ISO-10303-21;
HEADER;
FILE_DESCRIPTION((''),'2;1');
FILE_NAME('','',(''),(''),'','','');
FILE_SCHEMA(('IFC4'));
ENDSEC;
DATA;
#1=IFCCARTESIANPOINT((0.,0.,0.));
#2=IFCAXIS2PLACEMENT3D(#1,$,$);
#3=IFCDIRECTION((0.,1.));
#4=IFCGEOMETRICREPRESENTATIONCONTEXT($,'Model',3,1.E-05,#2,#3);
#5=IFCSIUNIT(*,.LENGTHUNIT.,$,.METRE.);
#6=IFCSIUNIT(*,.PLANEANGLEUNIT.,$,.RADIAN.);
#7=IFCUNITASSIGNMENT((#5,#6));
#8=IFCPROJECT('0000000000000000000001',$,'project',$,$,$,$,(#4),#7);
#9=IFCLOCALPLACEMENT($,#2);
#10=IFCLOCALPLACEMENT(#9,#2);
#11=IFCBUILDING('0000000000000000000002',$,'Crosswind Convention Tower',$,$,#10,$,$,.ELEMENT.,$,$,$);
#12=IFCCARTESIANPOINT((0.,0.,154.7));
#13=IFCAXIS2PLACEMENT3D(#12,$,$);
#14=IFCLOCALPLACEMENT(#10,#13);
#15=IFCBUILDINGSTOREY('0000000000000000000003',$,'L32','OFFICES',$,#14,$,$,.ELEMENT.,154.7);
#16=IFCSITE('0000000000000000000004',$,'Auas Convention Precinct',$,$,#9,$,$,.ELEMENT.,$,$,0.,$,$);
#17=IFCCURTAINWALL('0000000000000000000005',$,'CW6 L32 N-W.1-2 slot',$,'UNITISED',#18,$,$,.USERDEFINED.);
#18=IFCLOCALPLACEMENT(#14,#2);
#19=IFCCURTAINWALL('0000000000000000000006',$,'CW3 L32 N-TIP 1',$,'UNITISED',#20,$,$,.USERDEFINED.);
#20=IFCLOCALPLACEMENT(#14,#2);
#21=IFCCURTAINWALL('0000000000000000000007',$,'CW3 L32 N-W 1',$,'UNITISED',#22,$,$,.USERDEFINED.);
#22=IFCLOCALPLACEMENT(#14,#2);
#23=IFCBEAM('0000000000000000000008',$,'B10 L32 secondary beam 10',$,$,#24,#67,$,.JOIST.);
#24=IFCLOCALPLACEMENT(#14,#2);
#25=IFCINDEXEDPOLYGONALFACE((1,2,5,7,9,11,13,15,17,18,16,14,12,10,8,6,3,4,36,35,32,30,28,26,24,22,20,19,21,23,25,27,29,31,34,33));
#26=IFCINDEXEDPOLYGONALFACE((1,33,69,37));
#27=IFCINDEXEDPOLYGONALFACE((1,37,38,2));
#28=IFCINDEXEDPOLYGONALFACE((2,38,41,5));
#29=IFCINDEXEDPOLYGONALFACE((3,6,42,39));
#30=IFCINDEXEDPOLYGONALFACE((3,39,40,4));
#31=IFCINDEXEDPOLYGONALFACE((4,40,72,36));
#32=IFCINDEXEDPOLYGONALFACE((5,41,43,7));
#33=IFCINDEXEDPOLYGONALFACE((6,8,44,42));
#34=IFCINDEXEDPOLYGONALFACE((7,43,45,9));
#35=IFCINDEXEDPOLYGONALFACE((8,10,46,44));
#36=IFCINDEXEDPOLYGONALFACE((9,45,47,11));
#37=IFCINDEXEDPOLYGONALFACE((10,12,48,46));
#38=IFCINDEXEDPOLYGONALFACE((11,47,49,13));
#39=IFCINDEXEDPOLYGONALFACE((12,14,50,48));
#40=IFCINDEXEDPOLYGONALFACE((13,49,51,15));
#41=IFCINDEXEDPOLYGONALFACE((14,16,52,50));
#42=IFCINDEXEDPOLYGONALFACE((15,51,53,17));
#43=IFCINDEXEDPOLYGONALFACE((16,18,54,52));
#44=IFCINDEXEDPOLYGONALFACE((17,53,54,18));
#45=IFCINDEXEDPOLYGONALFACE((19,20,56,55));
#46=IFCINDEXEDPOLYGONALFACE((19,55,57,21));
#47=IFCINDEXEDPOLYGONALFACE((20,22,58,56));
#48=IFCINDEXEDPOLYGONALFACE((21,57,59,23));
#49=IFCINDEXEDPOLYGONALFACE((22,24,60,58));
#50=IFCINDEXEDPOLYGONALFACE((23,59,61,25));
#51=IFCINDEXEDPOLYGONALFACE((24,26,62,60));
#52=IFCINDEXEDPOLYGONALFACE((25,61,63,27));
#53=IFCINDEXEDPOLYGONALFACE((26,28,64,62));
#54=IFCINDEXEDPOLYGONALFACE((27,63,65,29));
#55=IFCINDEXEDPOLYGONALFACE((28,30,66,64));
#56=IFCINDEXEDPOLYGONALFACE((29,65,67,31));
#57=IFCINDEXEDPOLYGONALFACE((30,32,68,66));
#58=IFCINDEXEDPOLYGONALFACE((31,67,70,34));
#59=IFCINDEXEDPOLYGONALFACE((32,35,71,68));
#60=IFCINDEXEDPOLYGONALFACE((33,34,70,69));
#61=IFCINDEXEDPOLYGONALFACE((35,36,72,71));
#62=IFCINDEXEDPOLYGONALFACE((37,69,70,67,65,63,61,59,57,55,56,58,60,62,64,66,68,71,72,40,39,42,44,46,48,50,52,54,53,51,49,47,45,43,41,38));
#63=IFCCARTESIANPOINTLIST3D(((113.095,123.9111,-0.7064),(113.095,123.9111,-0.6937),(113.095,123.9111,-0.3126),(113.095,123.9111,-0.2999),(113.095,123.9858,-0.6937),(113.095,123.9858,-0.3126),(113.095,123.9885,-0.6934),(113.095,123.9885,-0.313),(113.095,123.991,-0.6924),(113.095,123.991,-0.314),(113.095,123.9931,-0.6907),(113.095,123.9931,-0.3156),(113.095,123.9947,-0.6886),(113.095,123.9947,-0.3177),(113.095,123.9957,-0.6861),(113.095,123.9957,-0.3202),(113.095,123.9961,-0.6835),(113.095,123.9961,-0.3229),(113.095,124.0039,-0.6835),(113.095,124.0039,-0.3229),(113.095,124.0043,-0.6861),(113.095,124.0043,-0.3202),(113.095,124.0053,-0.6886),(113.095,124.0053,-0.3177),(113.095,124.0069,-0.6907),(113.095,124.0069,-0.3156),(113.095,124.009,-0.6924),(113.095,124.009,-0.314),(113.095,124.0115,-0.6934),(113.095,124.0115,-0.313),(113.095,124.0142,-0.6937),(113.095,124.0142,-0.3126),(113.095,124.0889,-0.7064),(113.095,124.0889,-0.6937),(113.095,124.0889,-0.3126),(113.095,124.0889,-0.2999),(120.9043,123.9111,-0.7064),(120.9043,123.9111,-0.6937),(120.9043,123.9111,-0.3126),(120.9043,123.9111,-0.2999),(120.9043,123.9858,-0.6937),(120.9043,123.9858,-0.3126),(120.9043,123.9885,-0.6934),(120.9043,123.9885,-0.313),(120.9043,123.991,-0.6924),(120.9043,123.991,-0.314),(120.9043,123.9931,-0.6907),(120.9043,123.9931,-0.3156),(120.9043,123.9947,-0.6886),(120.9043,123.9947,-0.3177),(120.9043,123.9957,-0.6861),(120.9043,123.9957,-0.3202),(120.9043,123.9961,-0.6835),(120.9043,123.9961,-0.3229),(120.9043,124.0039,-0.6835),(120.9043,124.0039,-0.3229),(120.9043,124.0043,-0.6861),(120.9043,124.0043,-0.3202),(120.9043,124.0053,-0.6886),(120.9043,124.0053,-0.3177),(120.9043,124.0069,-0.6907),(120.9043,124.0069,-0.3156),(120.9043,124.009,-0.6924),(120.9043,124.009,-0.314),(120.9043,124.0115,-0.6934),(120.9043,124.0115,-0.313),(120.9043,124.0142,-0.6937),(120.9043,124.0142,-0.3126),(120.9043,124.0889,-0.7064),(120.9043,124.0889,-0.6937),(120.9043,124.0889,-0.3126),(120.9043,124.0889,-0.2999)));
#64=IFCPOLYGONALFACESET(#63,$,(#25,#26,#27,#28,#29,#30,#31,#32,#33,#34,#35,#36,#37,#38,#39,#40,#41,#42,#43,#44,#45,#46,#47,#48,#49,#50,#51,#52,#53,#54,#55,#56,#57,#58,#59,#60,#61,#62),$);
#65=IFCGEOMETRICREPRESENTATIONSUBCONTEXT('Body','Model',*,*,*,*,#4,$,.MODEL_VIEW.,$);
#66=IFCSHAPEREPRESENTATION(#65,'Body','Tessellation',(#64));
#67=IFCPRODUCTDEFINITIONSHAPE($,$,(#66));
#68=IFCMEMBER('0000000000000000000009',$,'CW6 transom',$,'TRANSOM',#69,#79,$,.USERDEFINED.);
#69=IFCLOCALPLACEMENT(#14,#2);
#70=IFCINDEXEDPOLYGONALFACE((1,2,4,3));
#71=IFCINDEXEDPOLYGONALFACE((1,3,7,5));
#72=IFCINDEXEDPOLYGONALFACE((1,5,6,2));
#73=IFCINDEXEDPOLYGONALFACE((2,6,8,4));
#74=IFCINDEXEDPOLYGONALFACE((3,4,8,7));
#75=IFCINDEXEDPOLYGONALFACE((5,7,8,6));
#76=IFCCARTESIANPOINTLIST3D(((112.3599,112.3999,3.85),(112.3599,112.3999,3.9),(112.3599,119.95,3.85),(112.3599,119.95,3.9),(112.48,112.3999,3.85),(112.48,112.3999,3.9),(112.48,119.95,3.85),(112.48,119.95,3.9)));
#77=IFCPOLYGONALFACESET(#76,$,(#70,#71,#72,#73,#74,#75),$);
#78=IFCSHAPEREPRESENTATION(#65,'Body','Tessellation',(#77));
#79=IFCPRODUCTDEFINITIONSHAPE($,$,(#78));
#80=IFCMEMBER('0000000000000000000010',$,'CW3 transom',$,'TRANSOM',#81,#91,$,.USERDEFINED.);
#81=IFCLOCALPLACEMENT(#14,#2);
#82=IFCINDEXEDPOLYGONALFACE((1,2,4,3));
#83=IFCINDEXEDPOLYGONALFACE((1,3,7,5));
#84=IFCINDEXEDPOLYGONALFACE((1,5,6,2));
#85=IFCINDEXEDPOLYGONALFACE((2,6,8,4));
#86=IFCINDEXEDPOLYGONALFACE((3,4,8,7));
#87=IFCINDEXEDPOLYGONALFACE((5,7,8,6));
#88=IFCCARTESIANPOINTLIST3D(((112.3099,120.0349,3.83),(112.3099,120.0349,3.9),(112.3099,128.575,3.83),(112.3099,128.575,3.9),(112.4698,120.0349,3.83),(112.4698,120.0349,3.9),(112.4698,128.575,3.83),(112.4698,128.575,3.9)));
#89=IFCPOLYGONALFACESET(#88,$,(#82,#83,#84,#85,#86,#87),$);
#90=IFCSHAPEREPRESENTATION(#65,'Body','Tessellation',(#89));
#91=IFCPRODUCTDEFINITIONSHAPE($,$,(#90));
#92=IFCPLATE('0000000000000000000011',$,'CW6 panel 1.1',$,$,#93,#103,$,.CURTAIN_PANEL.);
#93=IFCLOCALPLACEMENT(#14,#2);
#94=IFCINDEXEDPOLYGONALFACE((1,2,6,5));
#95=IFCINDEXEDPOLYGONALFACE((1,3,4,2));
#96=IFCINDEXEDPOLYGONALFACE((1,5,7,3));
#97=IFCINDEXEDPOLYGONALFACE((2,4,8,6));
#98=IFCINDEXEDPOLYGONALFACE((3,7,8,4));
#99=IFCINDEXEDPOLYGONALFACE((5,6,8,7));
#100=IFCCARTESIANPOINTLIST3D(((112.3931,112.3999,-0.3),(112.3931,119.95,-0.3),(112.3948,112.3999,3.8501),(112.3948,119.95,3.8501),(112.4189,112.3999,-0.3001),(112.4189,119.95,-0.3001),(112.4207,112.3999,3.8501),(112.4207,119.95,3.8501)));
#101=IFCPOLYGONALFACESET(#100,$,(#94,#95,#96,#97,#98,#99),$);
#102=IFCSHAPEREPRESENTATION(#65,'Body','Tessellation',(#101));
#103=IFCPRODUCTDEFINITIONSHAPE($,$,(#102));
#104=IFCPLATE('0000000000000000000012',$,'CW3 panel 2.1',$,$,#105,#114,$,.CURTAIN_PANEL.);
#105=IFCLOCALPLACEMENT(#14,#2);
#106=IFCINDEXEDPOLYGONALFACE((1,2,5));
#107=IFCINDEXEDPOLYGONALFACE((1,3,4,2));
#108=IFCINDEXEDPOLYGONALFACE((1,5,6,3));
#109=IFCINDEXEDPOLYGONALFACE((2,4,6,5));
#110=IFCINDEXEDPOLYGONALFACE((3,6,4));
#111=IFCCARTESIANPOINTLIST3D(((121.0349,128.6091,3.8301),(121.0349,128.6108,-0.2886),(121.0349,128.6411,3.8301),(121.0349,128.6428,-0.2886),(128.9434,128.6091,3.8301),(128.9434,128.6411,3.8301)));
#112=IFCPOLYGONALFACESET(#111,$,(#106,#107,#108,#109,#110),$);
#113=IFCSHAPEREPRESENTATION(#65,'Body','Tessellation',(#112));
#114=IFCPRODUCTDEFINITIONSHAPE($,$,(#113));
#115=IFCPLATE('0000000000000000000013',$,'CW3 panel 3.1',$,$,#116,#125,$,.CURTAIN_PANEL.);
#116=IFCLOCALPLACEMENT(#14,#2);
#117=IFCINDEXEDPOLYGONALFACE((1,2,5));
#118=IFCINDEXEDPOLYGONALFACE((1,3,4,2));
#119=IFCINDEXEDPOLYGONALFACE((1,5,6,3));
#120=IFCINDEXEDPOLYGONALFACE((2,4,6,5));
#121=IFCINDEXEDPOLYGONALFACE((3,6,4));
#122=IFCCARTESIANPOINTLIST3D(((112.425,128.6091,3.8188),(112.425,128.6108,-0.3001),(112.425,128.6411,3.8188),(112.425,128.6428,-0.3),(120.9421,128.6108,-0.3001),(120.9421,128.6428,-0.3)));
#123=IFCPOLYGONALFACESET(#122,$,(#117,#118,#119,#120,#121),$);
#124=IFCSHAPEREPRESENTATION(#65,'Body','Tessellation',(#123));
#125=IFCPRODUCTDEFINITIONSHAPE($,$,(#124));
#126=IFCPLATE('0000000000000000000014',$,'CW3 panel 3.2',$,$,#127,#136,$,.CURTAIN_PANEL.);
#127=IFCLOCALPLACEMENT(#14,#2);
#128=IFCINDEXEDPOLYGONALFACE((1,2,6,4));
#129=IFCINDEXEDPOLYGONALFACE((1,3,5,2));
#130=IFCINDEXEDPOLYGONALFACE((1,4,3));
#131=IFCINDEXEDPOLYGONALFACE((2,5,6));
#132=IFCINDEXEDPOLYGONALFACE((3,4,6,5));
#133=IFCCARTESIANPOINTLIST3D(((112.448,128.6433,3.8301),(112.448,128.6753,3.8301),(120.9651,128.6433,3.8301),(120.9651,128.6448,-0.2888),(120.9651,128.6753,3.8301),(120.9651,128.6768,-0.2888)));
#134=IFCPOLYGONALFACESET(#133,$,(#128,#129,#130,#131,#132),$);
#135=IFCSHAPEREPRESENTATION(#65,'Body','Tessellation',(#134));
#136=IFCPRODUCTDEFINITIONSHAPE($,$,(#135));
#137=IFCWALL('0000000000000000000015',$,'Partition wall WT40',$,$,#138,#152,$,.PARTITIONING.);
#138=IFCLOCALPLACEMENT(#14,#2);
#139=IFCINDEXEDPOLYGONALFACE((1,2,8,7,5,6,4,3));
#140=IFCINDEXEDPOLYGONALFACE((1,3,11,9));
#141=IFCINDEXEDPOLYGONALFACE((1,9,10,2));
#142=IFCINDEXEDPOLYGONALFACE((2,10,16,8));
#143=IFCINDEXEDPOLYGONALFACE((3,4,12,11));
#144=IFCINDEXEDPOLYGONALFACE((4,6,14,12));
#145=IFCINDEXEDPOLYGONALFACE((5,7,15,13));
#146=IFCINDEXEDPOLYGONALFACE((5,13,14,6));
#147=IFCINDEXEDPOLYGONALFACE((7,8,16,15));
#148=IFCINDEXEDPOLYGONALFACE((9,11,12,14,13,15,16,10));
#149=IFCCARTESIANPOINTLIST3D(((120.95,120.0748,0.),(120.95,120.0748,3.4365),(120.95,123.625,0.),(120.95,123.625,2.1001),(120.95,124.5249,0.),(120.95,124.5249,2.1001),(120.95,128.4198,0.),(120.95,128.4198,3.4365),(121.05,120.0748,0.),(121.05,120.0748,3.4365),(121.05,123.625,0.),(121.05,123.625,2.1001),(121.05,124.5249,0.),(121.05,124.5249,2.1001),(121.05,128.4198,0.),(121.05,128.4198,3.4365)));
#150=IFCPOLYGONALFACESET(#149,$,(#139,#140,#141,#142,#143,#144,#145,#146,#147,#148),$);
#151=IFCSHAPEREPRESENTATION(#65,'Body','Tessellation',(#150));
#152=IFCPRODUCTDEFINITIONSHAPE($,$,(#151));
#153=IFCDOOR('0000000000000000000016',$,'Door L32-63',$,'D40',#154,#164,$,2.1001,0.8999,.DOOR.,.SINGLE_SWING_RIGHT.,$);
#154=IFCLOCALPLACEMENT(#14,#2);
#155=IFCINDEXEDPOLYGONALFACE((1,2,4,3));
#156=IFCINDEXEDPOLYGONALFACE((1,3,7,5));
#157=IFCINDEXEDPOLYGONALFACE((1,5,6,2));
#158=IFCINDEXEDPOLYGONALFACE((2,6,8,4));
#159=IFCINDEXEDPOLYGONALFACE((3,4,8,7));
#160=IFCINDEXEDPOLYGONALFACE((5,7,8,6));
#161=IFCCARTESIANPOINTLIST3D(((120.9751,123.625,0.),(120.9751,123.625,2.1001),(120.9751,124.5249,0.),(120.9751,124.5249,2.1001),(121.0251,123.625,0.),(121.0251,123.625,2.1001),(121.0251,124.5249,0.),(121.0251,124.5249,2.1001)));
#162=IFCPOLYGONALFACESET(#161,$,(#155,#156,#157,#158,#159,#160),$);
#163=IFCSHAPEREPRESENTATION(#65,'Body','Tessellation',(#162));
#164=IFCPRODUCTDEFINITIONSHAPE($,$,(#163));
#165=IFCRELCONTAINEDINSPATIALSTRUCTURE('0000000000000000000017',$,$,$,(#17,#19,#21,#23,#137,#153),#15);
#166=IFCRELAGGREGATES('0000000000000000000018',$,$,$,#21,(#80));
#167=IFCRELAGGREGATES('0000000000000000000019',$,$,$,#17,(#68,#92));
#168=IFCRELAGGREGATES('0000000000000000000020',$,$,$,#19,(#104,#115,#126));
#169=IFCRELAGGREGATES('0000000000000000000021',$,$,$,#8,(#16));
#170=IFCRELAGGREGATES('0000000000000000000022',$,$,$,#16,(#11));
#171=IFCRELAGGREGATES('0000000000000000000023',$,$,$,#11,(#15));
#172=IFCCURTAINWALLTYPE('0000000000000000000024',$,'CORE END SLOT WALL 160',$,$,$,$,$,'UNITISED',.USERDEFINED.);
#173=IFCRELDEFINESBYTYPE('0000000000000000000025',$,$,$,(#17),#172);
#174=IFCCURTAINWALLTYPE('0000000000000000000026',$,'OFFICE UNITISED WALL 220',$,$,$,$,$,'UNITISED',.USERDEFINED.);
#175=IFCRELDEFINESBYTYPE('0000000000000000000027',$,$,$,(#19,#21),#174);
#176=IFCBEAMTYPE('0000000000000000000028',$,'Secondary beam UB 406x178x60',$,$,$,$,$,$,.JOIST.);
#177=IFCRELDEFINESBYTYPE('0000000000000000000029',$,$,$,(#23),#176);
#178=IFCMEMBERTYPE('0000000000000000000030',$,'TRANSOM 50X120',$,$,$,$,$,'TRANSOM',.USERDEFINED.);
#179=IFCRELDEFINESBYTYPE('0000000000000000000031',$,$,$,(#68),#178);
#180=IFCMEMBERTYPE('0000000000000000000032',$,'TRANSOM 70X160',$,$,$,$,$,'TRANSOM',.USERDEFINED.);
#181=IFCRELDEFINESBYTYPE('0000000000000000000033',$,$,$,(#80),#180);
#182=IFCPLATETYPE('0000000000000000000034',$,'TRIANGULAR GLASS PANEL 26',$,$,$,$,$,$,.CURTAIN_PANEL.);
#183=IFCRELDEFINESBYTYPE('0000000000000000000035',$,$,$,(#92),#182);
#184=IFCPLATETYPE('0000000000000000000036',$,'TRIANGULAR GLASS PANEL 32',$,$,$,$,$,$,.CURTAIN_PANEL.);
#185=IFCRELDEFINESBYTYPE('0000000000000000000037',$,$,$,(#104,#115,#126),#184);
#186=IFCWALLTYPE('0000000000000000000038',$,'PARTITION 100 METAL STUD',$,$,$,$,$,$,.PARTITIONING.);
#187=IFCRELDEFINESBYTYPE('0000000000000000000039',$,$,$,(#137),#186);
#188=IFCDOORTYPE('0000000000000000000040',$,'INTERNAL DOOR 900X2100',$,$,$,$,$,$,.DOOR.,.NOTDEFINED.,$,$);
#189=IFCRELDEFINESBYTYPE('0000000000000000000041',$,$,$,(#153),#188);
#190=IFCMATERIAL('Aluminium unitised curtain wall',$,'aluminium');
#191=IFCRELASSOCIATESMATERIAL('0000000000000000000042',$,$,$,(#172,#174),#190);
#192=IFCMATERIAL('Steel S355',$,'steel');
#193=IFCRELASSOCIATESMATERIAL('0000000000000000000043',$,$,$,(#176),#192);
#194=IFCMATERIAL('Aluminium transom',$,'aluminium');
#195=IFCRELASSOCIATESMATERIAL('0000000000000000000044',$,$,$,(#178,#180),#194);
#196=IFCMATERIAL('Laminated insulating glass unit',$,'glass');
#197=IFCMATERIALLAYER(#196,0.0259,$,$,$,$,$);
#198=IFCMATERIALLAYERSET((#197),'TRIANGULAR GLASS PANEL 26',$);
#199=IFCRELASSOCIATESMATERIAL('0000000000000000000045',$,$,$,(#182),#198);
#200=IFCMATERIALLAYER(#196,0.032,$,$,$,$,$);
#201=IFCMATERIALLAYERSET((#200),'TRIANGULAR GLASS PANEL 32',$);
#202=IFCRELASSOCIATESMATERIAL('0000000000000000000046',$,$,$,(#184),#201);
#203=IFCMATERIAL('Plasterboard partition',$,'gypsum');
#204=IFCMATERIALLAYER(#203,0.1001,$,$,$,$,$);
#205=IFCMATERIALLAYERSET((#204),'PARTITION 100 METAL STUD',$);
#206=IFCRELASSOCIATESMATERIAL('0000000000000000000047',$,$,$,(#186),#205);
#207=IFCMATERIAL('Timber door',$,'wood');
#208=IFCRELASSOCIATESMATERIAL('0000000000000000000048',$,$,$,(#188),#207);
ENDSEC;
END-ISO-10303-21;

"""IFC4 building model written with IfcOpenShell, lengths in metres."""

from ifc_helpers import new_model, si_unit, direction, frame, frame_2d, origin, origin_2d, place, context, subcontext, project, spatial, polyline, rectangle, i_section, outline, extrude, material, layer, layer_set, material_profile, profile_set, type_object, element, fill, aggregate, save


model = new_model("IFC4")

# Units and contexts
model_context = context("Model", 3, precision=1e-05, world=origin(), true_north=direction((0.0, 1.0)))
body_context = subcontext(model_context, "Body", "Model", "MODEL_VIEW")
ifc_project = project(units=[si_unit("LENGTHUNIT", "METRE"), si_unit("PLANEANGLEUNIT", "RADIAN")], contexts=[model_context])

# Site, building, storey
site_placement = place(None, origin())
site = spatial("IfcSite", under=ifc_project, at=site_placement, Name="Auas Convention Precinct", CompositionType="ELEMENT", RefElevation=0.0)
building_placement = place(site_placement, origin())
building = spatial("IfcBuilding", under=site, at=building_placement, Name="Crosswind Convention Tower", CompositionType="ELEMENT")
storey_placement = place(building_placement, frame((0.0, 0.0, 154.7)))
storey = spatial("IfcBuildingStorey", under=building, at=storey_placement, Name="L32", Description="OFFICES", CompositionType="ELEMENT", Elevation=154.7)

# Shared definitions
ifc_material_1 = material(Name="Steel S355", Category="steel")

# Curtain wall
ifc_material_2 = material(Name="Aluminium unitised curtain wall", Category="aluminium")
curtain_wall_type_1 = type_object("IfcCurtainWallType", Name="CORE END SLOT WALL 160", ElementType="UNITISED", PredefinedType="USERDEFINED", material=ifc_material_2)
curtain_wall_1_placement = place(storey_placement, origin())
curtain_wall_1 = element("IfcCurtainWall", 1, at=curtain_wall_1_placement, inside=storey, type_object=curtain_wall_type_1, Name="CW6 L32 N-W.1-2 slot", ObjectType="UNITISED", PredefinedType="USERDEFINED")

# Curtain wall
curtain_wall_type_2 = type_object("IfcCurtainWallType", Name="OFFICE UNITISED WALL 220", ElementType="UNITISED", PredefinedType="USERDEFINED", material=ifc_material_2)
curtain_wall_2_placement = place(storey_placement, origin())
curtain_wall_2 = element("IfcCurtainWall", 2, at=curtain_wall_2_placement, inside=storey, type_object=curtain_wall_type_2, Name="CW3 L32 N-TIP 1", ObjectType="UNITISED", PredefinedType="USERDEFINED")

# Curtain wall
curtain_wall_3_placement = place(storey_placement, origin())
curtain_wall_3 = element("IfcCurtainWall", 3, at=curtain_wall_3_placement, inside=storey, type_object=curtain_wall_type_2, Name="CW3 L32 N-W 1", ObjectType="UNITISED", PredefinedType="USERDEFINED")

# Beam
ifc_material_profile_1 = material_profile(ifc_material_1, i_section(OverallWidth=0.1777, OverallDepth=0.4065, WebThickness=0.0078, FlangeThickness=0.0127, FilletRadius=0.0103, at=origin_2d()), Name="UB 406x178x60")
ifc_profile_set_1 = profile_set([ifc_material_profile_1], Name="Steel S355")
beam_type_1 = type_object("IfcBeamType", Name="Secondary beam UB 406x178x60", PredefinedType="JOIST", material=ifc_profile_set_1)
beam_placement = place(storey_placement, frame((113.095, 124.0, -0.5032), z_axis=(1.0, 0.0, 0.0), x_axis=(0.0, 1.0, 0.0)))
element("IfcBeam", 4, at=beam_placement, inside=storey, type_object=beam_type_1, Name="B10 L32 secondary beam 10", PredefinedType="JOIST", context=body_context, shape_type="SweptSolid", body=[
    extrude(i_section(OverallWidth=0.1777, OverallDepth=0.4065, WebThickness=0.0078, FlangeThickness=0.0127, FilletRadius=0.0103, at=origin_2d()), origin(), (0.0, 0.0, 1.0), 7.8093),
])

# Members
ifc_material_3 = material(Name="Aluminium transom", Category="aluminium")
ifc_material_profile_2 = material_profile(ifc_material_3, rectangle(XDim=0.1201, YDim=0.05, at=origin_2d()), Name="AL 120X50")
ifc_profile_set_2 = profile_set([ifc_material_profile_2], Name="Aluminium transom")
member_type_1 = type_object("IfcMemberType", Name="TRANSOM 50X120", ElementType="TRANSOM", PredefinedType="USERDEFINED", material=ifc_profile_set_2)
member_1_placement = place(storey_placement, frame((112.4199, 119.95, 3.875), z_axis=(0.0, -1.0, 0.0), x_axis=(1.0, 0.0, 0.0)))
member_1 = element("IfcMember", 5, at=member_1_placement, type_object=member_type_1, Name="CW6 transom", ObjectType="TRANSOM", PredefinedType="USERDEFINED", context=body_context, shape_type="SweptSolid", body=[
    extrude(rectangle(XDim=0.1201, YDim=0.05, at=origin_2d()), origin(), (0.0, 0.0, 1.0), 7.55),
])
ifc_material_profile_3 = material_profile(ifc_material_3, rectangle(XDim=0.1599, YDim=0.0701, at=origin_2d()), Name="AL 160X70")
ifc_profile_set_3 = profile_set([ifc_material_profile_3], Name="Aluminium transom")
member_type_2 = type_object("IfcMemberType", Name="TRANSOM 70X160", ElementType="TRANSOM", PredefinedType="USERDEFINED", material=ifc_profile_set_3)
member_2_placement = place(storey_placement, frame((112.3899, 128.575, 3.865), z_axis=(0.0, -1.0, 0.0), x_axis=(1.0, 0.0, 0.0)))
member_2 = element("IfcMember", 6, at=member_2_placement, type_object=member_type_2, Name="CW3 transom", ObjectType="TRANSOM", PredefinedType="USERDEFINED", context=body_context, shape_type="SweptSolid", body=[
    extrude(rectangle(XDim=0.1599, YDim=0.0701, at=origin_2d()), origin(), (0.0, 0.0, 1.0), 8.54),
])
aggregate(curtain_wall_3, [member_2])

# Plates
ifc_material_4 = material(Name="Laminated insulating glass unit", Category="glass")
ifc_layer_1 = layer(ifc_material_4, 0.0259)
ifc_layer_set_1 = layer_set([ifc_layer_1], Name="TRIANGULAR GLASS PANEL 26")
plate_type_1 = type_object("IfcPlateType", Name="TRIANGULAR GLASS PANEL 26", PredefinedType="CURTAIN_PANEL", material=ifc_layer_set_1)
plate_1_placement = place(storey_placement, frame((112.3931, 119.95, -0.3), z_axis=(-1.0, 0.0, 0.000412), x_axis=(0.0, -1.0, 0.0)))
plate_1 = element("IfcPlate", 7, at=plate_1_placement, type_object=plate_type_1, Name="CW6 panel 1.1", PredefinedType="CURTAIN_PANEL", context=body_context, shape_type="SweptSolid", body=[
    extrude(outline(polyline([(0.0, 0.0), (7.55, 0.0), (7.55, 4.1501), (0.0, 4.1501), (0.0, 0.0)])), origin(), (0.0, 0.0, -1.0), 0.0259),
])
aggregate(curtain_wall_1, [member_1, plate_1])
ifc_layer_2 = layer(ifc_material_4, 0.032)
ifc_layer_set_2 = layer_set([ifc_layer_2], Name="TRIANGULAR GLASS PANEL 32")
plate_type_2 = type_object("IfcPlateType", Name="TRIANGULAR GLASS PANEL 32", PredefinedType="CURTAIN_PANEL", material=ifc_layer_set_2)
plate_2_placement = place(storey_placement, frame((121.0349, 128.6411, 3.8301), z_axis=(0.0, 1.0, 0.000415), x_axis=(1.0, 0.0, 0.0)))
plate_2 = element("IfcPlate", 8, at=plate_2_placement, type_object=plate_type_2, Name="CW3 panel 2.1", PredefinedType="CURTAIN_PANEL", context=body_context, shape_type="SweptSolid", body=[
    extrude(outline(polyline([(0.0, 0.0), (7.9084, 0.0), (0.0, 4.1187), (0.0, 0.0)])), origin(), (0.0, 0.0, -1.0), 0.032),
])
plate_3_placement = place(storey_placement, frame((112.425, 128.6428, -0.3), z_axis=(0.0, 1.0, 0.000415), x_axis=(0.0, -0.000415, 1.0)))
plate_3 = element("IfcPlate", 9, at=plate_3_placement, type_object=plate_type_2, Name="CW3 panel 3.1", PredefinedType="CURTAIN_PANEL", context=body_context, shape_type="SweptSolid", body=[
    extrude(outline(polyline([(0.0, 0.0), (4.1189, 0.0), (0.0, 8.5171), (0.0, 0.0)])), origin(), (0.0, 0.0, -1.0), 0.032),
])
plate_4_placement = place(storey_placement, frame((120.9651, 128.6753, 3.8301), z_axis=(0.0, 1.0, 0.000356), x_axis=(0.0, 0.000356, -1.0)))
plate_4 = element("IfcPlate", 10, at=plate_4_placement, type_object=plate_type_2, Name="CW3 panel 3.2", PredefinedType="CURTAIN_PANEL", context=body_context, shape_type="SweptSolid", body=[
    extrude(outline(polyline([(0.0, 0.0), (4.1189, 0.0), (0.0, 8.5171), (0.0, 0.0)])), origin(), (0.0, 0.0, -1.0), 0.032),
])
aggregate(curtain_wall_2, [plate_2, plate_3, plate_4])

# Wall, opening, door
ifc_material_5 = material(Name="Plasterboard partition", Category="gypsum")
ifc_layer_3 = layer(ifc_material_5, 0.1001)
ifc_layer_set_3 = layer_set([ifc_layer_3], Name="PARTITION 100 METAL STUD")
wall_type_1 = type_object("IfcWallType", Name="PARTITION 100 METAL STUD", PredefinedType="PARTITIONING", material=ifc_layer_set_3)
wall_1_placement = place(storey_placement, frame((121.0, 120.075, 0.0), z_axis=(0.0, 0.0, 1.0), x_axis=(0.0, 1.0, 0.0)))
wall_1 = element("IfcWall", 11, at=wall_1_placement, inside=storey, type_object=wall_type_1, Name="Partition wall WT40", PredefinedType="PARTITIONING", context=body_context, shape_type="SweptSolid", body=[
    extrude(rectangle(XDim=8.345, YDim=0.1001, at=frame_2d((4.1724, 0.0))), origin(), (0.0, 0.0, 1.0), 3.4365),
])
opening_1_placement = place(wall_1_placement, frame((3.55, 0.0, 0.0)))
opening_1 = element("IfcOpeningElement", 12, at=opening_1_placement, cuts=wall_1, PredefinedType="OPENING", context=body_context, shape_type="SweptSolid", body=[
    extrude(rectangle(XDim=0.8999, YDim=2.1001, at=frame_2d((0.45, 1.05))), frame((0.0, 0.0601, 0.0), z_axis=(0.0, -1.0, 0.0), x_axis=(1.0, 0.0, 0.0)), (0.0, 0.0, 1.0), 0.1201),
])
ifc_material_6 = material(Name="Timber door", Category="wood")
door_type_1 = type_object("IfcDoorType", Name="INTERNAL DOOR 900X2100", OperationType="NOTDEFINED", PredefinedType="DOOR", material=ifc_material_6)
door_1_placement = place(opening_1_placement, origin())
door_1 = element("IfcDoor", 13, at=door_1_placement, inside=storey, type_object=door_type_1, Name="Door L32-63", ObjectType="D40", OperationType="SINGLE_SWING_RIGHT", OverallHeight=2.1001, OverallWidth=0.8999, PredefinedType="DOOR", context=body_context, shape_type="SweptSolid", body=[
    extrude(rectangle(XDim=0.8999, YDim=2.1001, at=frame_2d((0.45, 1.05))), frame((0.0, 0.0249, 0.0), z_axis=(0.0, -1.0, 0.0), x_axis=(1.0, 0.0, 0.0)), (0.0, 0.0, 1.0), 0.05),
])
fill(opening_1, door_1)

save(model, "model.ifc")
